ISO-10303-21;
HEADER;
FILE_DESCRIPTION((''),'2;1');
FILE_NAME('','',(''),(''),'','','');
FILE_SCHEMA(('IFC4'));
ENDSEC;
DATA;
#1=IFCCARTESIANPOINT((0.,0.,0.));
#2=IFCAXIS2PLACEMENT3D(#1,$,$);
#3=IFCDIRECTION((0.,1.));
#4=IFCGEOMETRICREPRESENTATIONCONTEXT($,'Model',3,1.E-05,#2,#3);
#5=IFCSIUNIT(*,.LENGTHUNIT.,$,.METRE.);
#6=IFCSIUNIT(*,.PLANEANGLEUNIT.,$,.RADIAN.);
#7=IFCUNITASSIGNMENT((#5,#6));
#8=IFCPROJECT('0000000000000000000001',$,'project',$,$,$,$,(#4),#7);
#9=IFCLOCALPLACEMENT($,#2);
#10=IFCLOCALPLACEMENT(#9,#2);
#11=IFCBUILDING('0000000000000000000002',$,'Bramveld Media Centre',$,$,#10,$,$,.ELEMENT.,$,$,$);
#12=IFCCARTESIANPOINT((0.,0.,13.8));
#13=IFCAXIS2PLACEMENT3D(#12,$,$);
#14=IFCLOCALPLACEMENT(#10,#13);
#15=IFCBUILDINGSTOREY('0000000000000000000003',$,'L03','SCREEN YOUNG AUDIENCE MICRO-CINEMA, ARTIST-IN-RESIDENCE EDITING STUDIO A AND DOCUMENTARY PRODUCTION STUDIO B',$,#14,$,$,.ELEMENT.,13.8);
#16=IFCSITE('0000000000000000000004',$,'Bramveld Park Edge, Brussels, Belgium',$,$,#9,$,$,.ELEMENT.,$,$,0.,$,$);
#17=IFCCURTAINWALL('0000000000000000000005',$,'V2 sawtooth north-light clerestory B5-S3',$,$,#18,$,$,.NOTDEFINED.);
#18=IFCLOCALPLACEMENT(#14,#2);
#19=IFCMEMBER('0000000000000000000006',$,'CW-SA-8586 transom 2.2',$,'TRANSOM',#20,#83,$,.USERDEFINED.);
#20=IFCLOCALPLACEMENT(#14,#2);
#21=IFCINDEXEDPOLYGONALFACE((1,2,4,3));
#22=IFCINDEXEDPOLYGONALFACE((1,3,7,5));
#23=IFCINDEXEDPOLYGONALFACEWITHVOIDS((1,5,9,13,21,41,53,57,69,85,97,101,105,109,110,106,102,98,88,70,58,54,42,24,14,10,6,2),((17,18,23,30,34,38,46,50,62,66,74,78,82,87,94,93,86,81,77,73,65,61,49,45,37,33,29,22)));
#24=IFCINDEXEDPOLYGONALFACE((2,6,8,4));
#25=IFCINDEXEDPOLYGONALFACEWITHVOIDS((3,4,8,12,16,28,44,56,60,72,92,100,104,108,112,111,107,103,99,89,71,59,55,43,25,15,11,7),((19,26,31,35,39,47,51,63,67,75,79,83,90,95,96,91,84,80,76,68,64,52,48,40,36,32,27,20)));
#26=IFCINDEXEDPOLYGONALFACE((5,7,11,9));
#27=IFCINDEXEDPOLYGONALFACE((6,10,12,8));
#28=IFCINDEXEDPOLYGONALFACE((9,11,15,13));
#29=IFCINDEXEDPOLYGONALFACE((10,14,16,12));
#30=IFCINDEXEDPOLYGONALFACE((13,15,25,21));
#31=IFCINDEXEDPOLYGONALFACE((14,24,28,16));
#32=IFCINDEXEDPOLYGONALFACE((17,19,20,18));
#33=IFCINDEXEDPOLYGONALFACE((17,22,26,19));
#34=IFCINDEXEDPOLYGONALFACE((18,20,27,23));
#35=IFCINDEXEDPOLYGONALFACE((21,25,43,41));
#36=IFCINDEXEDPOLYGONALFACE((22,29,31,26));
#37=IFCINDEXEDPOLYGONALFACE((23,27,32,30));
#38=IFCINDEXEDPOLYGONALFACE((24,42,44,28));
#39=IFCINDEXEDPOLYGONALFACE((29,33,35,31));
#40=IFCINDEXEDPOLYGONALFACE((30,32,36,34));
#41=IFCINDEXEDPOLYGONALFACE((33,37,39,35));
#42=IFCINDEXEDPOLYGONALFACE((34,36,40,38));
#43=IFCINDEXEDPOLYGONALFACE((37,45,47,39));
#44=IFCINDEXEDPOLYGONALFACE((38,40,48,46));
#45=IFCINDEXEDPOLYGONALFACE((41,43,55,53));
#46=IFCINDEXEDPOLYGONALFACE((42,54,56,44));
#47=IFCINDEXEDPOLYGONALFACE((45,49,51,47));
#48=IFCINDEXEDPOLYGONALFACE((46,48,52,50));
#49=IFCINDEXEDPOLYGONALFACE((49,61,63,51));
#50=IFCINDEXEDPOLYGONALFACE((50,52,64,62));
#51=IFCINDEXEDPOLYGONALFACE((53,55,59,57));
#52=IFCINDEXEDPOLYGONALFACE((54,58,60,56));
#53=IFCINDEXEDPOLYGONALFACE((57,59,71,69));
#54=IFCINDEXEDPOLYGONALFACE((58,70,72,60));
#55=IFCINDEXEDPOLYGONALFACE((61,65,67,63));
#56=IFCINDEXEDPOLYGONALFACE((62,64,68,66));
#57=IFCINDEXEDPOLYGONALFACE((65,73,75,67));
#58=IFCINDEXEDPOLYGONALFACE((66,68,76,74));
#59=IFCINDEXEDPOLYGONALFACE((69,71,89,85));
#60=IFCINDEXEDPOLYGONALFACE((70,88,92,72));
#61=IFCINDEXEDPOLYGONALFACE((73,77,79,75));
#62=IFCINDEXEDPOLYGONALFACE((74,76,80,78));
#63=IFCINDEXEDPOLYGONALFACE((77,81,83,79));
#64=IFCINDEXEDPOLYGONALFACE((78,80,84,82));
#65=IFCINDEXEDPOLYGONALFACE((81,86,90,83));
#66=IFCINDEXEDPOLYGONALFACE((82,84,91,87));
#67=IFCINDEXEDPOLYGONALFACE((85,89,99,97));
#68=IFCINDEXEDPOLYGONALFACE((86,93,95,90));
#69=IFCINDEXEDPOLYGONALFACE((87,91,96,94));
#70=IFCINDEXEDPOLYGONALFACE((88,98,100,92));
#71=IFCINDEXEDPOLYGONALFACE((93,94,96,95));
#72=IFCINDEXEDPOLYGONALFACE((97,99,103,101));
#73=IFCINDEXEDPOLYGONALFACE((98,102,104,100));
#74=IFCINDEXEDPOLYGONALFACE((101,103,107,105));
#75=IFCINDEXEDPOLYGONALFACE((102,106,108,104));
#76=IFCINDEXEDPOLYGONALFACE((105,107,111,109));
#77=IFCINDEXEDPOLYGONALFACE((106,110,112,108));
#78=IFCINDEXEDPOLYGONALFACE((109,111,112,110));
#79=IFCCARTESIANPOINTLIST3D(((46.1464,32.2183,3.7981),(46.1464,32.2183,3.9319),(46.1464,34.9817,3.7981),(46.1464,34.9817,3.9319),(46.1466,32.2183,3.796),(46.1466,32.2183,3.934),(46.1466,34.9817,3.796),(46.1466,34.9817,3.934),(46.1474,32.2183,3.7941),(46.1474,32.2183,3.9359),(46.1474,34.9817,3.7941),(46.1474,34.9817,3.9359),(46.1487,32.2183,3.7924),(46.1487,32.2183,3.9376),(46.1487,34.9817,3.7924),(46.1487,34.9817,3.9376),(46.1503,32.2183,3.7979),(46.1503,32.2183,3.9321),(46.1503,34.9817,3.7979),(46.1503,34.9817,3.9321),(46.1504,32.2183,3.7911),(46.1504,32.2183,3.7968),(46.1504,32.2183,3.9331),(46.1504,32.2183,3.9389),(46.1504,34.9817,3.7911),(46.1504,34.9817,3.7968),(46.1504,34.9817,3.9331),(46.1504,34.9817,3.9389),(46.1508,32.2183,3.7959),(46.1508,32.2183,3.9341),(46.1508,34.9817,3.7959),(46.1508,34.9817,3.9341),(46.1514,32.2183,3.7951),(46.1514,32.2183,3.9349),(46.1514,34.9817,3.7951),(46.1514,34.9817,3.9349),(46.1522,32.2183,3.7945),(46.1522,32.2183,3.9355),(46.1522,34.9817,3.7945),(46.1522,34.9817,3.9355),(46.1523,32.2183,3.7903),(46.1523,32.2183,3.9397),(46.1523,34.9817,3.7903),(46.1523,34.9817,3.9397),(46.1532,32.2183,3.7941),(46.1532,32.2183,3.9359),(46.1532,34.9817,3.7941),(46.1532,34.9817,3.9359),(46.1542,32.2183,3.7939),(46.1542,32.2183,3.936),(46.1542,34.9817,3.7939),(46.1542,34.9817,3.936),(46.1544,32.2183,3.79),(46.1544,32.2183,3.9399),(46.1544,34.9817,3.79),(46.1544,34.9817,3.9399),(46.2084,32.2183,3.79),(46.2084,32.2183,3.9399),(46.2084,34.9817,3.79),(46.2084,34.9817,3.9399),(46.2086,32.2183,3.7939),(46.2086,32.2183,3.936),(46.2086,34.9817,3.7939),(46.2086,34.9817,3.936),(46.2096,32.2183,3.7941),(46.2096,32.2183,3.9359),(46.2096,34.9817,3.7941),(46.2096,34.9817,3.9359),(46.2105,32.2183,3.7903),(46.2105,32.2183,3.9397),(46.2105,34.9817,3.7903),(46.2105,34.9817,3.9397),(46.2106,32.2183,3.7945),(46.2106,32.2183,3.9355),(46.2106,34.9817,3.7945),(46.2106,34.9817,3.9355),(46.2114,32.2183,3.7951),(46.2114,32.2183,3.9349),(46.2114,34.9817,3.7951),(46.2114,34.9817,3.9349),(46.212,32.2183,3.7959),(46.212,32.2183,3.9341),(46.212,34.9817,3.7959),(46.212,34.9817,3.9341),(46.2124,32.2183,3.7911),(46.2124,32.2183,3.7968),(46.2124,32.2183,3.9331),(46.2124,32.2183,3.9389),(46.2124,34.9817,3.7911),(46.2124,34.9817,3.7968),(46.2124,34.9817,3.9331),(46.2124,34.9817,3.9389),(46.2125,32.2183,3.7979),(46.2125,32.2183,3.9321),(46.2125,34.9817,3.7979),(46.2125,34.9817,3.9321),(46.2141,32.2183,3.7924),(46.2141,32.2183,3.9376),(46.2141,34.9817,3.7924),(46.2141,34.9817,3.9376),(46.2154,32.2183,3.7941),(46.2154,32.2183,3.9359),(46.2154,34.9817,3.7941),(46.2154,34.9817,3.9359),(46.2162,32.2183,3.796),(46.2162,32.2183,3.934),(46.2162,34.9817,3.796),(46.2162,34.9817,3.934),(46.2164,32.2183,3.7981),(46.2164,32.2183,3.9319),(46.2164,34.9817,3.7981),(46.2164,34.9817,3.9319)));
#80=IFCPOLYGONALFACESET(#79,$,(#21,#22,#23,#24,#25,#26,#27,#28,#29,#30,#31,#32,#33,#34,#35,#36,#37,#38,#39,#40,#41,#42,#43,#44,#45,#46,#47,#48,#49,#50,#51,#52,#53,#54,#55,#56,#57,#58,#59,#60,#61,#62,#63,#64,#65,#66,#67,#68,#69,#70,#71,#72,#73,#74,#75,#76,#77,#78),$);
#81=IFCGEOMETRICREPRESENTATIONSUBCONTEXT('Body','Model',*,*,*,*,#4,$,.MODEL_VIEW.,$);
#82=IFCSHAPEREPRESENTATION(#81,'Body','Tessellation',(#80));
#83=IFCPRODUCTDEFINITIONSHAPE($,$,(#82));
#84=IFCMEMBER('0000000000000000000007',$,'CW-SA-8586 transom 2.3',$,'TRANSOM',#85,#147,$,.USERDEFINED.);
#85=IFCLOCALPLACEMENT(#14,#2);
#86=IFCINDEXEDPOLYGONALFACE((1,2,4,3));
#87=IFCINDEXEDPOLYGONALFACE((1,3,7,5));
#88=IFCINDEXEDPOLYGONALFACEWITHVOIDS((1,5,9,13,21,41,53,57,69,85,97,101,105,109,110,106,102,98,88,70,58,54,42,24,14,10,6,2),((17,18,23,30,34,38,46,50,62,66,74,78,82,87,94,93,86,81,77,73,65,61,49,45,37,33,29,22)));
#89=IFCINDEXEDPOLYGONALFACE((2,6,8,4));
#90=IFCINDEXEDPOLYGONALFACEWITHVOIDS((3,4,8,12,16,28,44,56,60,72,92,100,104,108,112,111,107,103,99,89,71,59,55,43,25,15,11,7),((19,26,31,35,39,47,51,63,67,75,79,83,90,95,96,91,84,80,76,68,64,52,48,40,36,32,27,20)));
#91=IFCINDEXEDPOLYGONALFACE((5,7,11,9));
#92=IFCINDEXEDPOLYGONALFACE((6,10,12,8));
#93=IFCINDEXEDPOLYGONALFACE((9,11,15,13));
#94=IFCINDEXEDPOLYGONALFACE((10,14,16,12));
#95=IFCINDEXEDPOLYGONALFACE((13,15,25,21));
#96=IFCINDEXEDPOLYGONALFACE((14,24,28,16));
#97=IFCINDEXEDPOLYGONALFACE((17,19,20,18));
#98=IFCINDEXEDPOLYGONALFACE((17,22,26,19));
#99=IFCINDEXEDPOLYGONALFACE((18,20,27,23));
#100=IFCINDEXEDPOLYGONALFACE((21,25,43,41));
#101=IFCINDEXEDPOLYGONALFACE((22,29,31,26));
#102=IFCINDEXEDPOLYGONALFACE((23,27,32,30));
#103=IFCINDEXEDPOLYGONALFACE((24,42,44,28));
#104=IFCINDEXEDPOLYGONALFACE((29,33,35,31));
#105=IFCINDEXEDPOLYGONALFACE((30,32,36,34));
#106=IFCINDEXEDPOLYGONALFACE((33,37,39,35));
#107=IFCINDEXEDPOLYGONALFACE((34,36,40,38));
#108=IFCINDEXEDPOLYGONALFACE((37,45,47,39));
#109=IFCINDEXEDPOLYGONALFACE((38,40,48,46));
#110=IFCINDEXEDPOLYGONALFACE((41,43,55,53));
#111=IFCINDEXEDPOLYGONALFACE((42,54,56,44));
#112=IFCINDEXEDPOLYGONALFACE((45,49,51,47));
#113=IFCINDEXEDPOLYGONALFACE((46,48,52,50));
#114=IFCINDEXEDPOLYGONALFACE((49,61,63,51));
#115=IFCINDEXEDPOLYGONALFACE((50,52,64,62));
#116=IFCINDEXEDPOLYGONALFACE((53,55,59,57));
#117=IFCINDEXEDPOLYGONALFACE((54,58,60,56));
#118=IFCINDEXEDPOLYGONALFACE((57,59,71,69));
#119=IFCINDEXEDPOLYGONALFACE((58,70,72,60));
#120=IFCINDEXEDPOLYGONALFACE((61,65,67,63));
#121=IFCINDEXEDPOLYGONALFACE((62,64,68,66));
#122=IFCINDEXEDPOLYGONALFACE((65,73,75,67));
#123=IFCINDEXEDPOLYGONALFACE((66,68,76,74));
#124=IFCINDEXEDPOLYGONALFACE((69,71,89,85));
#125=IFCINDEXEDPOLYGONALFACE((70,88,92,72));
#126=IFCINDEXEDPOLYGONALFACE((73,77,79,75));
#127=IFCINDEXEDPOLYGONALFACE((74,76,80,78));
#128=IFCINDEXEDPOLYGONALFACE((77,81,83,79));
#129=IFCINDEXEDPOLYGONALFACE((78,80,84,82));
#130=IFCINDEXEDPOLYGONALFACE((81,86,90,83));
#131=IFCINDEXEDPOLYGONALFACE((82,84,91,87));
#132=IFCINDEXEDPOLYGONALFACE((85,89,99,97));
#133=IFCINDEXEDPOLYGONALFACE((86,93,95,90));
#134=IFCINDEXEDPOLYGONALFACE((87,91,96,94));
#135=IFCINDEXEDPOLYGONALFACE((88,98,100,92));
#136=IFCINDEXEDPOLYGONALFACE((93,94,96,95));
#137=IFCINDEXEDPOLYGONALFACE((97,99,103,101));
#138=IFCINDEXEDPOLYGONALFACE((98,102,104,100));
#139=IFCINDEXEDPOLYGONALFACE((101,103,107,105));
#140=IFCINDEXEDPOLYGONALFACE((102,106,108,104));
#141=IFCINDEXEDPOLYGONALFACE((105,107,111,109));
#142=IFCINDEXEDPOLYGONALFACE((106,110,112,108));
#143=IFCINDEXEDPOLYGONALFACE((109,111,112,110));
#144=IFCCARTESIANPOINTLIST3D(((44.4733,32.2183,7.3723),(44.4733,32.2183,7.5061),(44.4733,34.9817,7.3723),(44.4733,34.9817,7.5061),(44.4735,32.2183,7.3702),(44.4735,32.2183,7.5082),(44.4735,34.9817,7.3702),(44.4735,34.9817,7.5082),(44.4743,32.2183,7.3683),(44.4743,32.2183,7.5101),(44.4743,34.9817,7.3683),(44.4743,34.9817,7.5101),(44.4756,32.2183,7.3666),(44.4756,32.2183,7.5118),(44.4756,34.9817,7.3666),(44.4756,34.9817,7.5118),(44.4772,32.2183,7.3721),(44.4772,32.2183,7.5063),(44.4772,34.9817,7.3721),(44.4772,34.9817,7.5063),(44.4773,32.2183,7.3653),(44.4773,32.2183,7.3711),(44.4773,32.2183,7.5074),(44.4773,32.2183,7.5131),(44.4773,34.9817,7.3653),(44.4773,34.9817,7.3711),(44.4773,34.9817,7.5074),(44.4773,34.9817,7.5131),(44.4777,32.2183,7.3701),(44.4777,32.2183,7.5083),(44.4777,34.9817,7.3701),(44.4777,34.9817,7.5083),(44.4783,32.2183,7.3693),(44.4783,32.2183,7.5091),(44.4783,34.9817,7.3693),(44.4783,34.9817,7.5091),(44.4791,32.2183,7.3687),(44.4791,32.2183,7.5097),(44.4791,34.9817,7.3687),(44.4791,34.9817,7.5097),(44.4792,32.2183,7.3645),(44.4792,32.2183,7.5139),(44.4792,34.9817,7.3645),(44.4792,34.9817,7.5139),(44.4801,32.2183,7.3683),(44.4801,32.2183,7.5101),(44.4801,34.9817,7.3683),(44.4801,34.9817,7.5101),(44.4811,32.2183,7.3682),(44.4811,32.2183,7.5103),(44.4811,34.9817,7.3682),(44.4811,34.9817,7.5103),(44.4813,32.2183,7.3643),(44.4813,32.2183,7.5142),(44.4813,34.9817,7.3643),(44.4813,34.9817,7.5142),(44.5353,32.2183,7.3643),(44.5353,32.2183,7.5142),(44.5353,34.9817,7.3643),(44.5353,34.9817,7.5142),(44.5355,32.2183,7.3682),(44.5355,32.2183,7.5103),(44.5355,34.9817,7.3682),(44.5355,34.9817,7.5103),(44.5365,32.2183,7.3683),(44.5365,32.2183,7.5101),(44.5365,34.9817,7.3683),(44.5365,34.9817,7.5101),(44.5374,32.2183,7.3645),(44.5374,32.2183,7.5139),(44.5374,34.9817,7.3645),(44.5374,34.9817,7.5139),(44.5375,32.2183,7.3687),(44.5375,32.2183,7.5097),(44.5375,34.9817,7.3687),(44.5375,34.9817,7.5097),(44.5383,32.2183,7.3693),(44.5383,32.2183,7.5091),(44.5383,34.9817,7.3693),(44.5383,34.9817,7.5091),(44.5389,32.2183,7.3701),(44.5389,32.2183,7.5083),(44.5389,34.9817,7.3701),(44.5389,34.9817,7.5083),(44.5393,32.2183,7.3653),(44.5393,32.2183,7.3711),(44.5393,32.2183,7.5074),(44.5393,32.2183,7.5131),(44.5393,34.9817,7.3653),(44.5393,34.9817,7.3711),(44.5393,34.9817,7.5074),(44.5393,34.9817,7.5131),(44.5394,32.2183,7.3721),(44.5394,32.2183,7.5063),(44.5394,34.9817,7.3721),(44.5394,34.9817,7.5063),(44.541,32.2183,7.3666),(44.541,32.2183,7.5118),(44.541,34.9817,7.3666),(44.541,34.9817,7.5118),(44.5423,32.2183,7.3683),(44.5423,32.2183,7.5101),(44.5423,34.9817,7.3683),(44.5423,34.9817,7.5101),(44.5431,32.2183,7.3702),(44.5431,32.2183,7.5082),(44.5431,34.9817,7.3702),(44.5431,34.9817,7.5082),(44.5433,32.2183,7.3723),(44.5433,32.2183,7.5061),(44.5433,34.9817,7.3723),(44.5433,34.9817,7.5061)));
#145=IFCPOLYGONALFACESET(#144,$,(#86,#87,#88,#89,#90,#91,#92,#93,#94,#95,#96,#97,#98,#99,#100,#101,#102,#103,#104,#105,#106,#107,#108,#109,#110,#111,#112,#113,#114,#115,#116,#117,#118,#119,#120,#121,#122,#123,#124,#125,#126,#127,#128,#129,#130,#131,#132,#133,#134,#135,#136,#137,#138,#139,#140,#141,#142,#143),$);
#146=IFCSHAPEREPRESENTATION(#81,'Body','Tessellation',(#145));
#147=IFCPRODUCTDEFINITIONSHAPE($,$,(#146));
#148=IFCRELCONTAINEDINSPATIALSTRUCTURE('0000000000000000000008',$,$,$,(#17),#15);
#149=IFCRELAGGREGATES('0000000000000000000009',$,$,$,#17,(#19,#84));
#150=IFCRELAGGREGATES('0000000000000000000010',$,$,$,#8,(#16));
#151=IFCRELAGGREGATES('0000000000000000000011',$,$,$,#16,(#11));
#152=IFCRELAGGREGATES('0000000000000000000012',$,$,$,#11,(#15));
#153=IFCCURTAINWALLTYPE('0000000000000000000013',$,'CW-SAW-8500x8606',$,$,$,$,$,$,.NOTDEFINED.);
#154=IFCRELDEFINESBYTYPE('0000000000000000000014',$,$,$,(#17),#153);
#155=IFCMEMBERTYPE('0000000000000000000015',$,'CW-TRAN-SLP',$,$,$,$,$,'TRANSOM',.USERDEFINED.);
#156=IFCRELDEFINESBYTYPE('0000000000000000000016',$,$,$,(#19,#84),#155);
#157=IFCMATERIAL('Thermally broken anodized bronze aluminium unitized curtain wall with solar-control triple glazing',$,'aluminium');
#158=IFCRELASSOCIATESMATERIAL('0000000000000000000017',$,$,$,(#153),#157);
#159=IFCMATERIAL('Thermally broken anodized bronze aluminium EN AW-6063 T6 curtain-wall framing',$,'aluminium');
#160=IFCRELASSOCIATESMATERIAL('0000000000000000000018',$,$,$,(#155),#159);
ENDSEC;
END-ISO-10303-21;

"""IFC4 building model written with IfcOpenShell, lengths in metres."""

from ifc_helpers import new_model, si_unit, direction, frame, origin, origin_2d, place, context, subcontext, project, spatial, hollow_rectangle, extrude, material, material_profile, profile_set, type_object, element, aggregate, save


model = new_model("IFC4")

# Units and contexts
model_context = context("Model", 3, precision=1e-05, world=origin(), true_north=direction((0.0, 1.0)))
body_context = subcontext(model_context, "Body", "Model", "MODEL_VIEW")
ifc_project = project(units=[si_unit("LENGTHUNIT", "METRE"), si_unit("PLANEANGLEUNIT", "RADIAN")], contexts=[model_context])

# Site, building, storey
site_placement = place(None, origin())
site = spatial("IfcSite", under=ifc_project, at=site_placement, Name="Bramveld Park Edge, Brussels, Belgium", CompositionType="ELEMENT", RefElevation=0.0)
building_placement = place(site_placement, origin())
building = spatial("IfcBuilding", under=site, at=building_placement, Name="Bramveld Media Centre", CompositionType="ELEMENT")
storey_placement = place(building_placement, frame((0.0, 0.0, 13.8)))
storey = spatial("IfcBuildingStorey", under=building, at=storey_placement, Name="L03", Description="SCREEN YOUNG AUDIENCE MICRO-CINEMA, ARTIST-IN-RESIDENCE EDITING STUDIO A AND DOCUMENTARY PRODUCTION STUDIO B", CompositionType="ELEMENT", Elevation=13.8)

# Curtain wall, members
ifc_material_1 = material(Name="Thermally broken anodized bronze aluminium unitized curtain wall with solar-control triple glazing", Category="aluminium")
curtain_wall_type = type_object("IfcCurtainWallType", Name="CW-SAW-8500x8606", PredefinedType="NOTDEFINED", material=ifc_material_1)
curtain_wall_placement = place(storey_placement, origin())
curtain_wall = element("IfcCurtainWall", 1, at=curtain_wall_placement, inside=storey, type_object=curtain_wall_type, Name="V2 sawtooth north-light clerestory B5-S3", PredefinedType="NOTDEFINED")
ifc_material_2 = material(Name="Thermally broken anodized bronze aluminium EN AW-6063 T6 curtain-wall framing", Category="aluminium")
ifc_material_profile_1 = material_profile(ifc_material_2, hollow_rectangle(XDim=0.0701, YDim=0.1499, WallThickness=0.0039, InnerFilletRadius=0.0039, OuterFilletRadius=0.0081, at=origin_2d()), Name="AL-TRAN 70x150")
ifc_profile_set_1 = profile_set([ifc_material_profile_1], Name="Thermally broken anodized bronze aluminium EN AW-6063 T6 curtain-wall framing")
member_type_1 = type_object("IfcMemberType", Name="CW-TRAN-SLP", ElementType="TRANSOM", PredefinedType="USERDEFINED", material=ifc_profile_set_1)
member_1_placement = place(storey_placement, frame((46.1814, 32.2183, 3.865), z_axis=(0.0, 1.0, 0.0), x_axis=(-1.0, 0.0, 0.0)))
member_1 = element("IfcMember", 2, at=member_1_placement, type_object=member_type_1, Name="CW-SA-8586 transom 2.2", ObjectType="TRANSOM", PredefinedType="USERDEFINED", context=body_context, shape_type="SweptSolid", body=[
    extrude(hollow_rectangle(XDim=0.0701, YDim=0.1499, WallThickness=0.0039, InnerFilletRadius=0.0039, OuterFilletRadius=0.0081, at=origin_2d()), origin(), (0.0, 0.0, 1.0), 2.7634),
])
member_2_placement = place(storey_placement, frame((44.5083, 32.2183, 7.4392), z_axis=(0.0, 1.0, 0.0), x_axis=(-1.0, 0.0, 0.0)))
member_2 = element("IfcMember", 3, at=member_2_placement, type_object=member_type_1, Name="CW-SA-8586 transom 2.3", ObjectType="TRANSOM", PredefinedType="USERDEFINED", context=body_context, shape_type="SweptSolid", body=[
    extrude(hollow_rectangle(XDim=0.0701, YDim=0.1499, WallThickness=0.0039, InnerFilletRadius=0.0039, OuterFilletRadius=0.0081, at=origin_2d()), origin(), (0.0, 0.0, 1.0), 2.7634),
])

aggregate(curtain_wall, [member_1, member_2])

save(model, "model.ifc")
